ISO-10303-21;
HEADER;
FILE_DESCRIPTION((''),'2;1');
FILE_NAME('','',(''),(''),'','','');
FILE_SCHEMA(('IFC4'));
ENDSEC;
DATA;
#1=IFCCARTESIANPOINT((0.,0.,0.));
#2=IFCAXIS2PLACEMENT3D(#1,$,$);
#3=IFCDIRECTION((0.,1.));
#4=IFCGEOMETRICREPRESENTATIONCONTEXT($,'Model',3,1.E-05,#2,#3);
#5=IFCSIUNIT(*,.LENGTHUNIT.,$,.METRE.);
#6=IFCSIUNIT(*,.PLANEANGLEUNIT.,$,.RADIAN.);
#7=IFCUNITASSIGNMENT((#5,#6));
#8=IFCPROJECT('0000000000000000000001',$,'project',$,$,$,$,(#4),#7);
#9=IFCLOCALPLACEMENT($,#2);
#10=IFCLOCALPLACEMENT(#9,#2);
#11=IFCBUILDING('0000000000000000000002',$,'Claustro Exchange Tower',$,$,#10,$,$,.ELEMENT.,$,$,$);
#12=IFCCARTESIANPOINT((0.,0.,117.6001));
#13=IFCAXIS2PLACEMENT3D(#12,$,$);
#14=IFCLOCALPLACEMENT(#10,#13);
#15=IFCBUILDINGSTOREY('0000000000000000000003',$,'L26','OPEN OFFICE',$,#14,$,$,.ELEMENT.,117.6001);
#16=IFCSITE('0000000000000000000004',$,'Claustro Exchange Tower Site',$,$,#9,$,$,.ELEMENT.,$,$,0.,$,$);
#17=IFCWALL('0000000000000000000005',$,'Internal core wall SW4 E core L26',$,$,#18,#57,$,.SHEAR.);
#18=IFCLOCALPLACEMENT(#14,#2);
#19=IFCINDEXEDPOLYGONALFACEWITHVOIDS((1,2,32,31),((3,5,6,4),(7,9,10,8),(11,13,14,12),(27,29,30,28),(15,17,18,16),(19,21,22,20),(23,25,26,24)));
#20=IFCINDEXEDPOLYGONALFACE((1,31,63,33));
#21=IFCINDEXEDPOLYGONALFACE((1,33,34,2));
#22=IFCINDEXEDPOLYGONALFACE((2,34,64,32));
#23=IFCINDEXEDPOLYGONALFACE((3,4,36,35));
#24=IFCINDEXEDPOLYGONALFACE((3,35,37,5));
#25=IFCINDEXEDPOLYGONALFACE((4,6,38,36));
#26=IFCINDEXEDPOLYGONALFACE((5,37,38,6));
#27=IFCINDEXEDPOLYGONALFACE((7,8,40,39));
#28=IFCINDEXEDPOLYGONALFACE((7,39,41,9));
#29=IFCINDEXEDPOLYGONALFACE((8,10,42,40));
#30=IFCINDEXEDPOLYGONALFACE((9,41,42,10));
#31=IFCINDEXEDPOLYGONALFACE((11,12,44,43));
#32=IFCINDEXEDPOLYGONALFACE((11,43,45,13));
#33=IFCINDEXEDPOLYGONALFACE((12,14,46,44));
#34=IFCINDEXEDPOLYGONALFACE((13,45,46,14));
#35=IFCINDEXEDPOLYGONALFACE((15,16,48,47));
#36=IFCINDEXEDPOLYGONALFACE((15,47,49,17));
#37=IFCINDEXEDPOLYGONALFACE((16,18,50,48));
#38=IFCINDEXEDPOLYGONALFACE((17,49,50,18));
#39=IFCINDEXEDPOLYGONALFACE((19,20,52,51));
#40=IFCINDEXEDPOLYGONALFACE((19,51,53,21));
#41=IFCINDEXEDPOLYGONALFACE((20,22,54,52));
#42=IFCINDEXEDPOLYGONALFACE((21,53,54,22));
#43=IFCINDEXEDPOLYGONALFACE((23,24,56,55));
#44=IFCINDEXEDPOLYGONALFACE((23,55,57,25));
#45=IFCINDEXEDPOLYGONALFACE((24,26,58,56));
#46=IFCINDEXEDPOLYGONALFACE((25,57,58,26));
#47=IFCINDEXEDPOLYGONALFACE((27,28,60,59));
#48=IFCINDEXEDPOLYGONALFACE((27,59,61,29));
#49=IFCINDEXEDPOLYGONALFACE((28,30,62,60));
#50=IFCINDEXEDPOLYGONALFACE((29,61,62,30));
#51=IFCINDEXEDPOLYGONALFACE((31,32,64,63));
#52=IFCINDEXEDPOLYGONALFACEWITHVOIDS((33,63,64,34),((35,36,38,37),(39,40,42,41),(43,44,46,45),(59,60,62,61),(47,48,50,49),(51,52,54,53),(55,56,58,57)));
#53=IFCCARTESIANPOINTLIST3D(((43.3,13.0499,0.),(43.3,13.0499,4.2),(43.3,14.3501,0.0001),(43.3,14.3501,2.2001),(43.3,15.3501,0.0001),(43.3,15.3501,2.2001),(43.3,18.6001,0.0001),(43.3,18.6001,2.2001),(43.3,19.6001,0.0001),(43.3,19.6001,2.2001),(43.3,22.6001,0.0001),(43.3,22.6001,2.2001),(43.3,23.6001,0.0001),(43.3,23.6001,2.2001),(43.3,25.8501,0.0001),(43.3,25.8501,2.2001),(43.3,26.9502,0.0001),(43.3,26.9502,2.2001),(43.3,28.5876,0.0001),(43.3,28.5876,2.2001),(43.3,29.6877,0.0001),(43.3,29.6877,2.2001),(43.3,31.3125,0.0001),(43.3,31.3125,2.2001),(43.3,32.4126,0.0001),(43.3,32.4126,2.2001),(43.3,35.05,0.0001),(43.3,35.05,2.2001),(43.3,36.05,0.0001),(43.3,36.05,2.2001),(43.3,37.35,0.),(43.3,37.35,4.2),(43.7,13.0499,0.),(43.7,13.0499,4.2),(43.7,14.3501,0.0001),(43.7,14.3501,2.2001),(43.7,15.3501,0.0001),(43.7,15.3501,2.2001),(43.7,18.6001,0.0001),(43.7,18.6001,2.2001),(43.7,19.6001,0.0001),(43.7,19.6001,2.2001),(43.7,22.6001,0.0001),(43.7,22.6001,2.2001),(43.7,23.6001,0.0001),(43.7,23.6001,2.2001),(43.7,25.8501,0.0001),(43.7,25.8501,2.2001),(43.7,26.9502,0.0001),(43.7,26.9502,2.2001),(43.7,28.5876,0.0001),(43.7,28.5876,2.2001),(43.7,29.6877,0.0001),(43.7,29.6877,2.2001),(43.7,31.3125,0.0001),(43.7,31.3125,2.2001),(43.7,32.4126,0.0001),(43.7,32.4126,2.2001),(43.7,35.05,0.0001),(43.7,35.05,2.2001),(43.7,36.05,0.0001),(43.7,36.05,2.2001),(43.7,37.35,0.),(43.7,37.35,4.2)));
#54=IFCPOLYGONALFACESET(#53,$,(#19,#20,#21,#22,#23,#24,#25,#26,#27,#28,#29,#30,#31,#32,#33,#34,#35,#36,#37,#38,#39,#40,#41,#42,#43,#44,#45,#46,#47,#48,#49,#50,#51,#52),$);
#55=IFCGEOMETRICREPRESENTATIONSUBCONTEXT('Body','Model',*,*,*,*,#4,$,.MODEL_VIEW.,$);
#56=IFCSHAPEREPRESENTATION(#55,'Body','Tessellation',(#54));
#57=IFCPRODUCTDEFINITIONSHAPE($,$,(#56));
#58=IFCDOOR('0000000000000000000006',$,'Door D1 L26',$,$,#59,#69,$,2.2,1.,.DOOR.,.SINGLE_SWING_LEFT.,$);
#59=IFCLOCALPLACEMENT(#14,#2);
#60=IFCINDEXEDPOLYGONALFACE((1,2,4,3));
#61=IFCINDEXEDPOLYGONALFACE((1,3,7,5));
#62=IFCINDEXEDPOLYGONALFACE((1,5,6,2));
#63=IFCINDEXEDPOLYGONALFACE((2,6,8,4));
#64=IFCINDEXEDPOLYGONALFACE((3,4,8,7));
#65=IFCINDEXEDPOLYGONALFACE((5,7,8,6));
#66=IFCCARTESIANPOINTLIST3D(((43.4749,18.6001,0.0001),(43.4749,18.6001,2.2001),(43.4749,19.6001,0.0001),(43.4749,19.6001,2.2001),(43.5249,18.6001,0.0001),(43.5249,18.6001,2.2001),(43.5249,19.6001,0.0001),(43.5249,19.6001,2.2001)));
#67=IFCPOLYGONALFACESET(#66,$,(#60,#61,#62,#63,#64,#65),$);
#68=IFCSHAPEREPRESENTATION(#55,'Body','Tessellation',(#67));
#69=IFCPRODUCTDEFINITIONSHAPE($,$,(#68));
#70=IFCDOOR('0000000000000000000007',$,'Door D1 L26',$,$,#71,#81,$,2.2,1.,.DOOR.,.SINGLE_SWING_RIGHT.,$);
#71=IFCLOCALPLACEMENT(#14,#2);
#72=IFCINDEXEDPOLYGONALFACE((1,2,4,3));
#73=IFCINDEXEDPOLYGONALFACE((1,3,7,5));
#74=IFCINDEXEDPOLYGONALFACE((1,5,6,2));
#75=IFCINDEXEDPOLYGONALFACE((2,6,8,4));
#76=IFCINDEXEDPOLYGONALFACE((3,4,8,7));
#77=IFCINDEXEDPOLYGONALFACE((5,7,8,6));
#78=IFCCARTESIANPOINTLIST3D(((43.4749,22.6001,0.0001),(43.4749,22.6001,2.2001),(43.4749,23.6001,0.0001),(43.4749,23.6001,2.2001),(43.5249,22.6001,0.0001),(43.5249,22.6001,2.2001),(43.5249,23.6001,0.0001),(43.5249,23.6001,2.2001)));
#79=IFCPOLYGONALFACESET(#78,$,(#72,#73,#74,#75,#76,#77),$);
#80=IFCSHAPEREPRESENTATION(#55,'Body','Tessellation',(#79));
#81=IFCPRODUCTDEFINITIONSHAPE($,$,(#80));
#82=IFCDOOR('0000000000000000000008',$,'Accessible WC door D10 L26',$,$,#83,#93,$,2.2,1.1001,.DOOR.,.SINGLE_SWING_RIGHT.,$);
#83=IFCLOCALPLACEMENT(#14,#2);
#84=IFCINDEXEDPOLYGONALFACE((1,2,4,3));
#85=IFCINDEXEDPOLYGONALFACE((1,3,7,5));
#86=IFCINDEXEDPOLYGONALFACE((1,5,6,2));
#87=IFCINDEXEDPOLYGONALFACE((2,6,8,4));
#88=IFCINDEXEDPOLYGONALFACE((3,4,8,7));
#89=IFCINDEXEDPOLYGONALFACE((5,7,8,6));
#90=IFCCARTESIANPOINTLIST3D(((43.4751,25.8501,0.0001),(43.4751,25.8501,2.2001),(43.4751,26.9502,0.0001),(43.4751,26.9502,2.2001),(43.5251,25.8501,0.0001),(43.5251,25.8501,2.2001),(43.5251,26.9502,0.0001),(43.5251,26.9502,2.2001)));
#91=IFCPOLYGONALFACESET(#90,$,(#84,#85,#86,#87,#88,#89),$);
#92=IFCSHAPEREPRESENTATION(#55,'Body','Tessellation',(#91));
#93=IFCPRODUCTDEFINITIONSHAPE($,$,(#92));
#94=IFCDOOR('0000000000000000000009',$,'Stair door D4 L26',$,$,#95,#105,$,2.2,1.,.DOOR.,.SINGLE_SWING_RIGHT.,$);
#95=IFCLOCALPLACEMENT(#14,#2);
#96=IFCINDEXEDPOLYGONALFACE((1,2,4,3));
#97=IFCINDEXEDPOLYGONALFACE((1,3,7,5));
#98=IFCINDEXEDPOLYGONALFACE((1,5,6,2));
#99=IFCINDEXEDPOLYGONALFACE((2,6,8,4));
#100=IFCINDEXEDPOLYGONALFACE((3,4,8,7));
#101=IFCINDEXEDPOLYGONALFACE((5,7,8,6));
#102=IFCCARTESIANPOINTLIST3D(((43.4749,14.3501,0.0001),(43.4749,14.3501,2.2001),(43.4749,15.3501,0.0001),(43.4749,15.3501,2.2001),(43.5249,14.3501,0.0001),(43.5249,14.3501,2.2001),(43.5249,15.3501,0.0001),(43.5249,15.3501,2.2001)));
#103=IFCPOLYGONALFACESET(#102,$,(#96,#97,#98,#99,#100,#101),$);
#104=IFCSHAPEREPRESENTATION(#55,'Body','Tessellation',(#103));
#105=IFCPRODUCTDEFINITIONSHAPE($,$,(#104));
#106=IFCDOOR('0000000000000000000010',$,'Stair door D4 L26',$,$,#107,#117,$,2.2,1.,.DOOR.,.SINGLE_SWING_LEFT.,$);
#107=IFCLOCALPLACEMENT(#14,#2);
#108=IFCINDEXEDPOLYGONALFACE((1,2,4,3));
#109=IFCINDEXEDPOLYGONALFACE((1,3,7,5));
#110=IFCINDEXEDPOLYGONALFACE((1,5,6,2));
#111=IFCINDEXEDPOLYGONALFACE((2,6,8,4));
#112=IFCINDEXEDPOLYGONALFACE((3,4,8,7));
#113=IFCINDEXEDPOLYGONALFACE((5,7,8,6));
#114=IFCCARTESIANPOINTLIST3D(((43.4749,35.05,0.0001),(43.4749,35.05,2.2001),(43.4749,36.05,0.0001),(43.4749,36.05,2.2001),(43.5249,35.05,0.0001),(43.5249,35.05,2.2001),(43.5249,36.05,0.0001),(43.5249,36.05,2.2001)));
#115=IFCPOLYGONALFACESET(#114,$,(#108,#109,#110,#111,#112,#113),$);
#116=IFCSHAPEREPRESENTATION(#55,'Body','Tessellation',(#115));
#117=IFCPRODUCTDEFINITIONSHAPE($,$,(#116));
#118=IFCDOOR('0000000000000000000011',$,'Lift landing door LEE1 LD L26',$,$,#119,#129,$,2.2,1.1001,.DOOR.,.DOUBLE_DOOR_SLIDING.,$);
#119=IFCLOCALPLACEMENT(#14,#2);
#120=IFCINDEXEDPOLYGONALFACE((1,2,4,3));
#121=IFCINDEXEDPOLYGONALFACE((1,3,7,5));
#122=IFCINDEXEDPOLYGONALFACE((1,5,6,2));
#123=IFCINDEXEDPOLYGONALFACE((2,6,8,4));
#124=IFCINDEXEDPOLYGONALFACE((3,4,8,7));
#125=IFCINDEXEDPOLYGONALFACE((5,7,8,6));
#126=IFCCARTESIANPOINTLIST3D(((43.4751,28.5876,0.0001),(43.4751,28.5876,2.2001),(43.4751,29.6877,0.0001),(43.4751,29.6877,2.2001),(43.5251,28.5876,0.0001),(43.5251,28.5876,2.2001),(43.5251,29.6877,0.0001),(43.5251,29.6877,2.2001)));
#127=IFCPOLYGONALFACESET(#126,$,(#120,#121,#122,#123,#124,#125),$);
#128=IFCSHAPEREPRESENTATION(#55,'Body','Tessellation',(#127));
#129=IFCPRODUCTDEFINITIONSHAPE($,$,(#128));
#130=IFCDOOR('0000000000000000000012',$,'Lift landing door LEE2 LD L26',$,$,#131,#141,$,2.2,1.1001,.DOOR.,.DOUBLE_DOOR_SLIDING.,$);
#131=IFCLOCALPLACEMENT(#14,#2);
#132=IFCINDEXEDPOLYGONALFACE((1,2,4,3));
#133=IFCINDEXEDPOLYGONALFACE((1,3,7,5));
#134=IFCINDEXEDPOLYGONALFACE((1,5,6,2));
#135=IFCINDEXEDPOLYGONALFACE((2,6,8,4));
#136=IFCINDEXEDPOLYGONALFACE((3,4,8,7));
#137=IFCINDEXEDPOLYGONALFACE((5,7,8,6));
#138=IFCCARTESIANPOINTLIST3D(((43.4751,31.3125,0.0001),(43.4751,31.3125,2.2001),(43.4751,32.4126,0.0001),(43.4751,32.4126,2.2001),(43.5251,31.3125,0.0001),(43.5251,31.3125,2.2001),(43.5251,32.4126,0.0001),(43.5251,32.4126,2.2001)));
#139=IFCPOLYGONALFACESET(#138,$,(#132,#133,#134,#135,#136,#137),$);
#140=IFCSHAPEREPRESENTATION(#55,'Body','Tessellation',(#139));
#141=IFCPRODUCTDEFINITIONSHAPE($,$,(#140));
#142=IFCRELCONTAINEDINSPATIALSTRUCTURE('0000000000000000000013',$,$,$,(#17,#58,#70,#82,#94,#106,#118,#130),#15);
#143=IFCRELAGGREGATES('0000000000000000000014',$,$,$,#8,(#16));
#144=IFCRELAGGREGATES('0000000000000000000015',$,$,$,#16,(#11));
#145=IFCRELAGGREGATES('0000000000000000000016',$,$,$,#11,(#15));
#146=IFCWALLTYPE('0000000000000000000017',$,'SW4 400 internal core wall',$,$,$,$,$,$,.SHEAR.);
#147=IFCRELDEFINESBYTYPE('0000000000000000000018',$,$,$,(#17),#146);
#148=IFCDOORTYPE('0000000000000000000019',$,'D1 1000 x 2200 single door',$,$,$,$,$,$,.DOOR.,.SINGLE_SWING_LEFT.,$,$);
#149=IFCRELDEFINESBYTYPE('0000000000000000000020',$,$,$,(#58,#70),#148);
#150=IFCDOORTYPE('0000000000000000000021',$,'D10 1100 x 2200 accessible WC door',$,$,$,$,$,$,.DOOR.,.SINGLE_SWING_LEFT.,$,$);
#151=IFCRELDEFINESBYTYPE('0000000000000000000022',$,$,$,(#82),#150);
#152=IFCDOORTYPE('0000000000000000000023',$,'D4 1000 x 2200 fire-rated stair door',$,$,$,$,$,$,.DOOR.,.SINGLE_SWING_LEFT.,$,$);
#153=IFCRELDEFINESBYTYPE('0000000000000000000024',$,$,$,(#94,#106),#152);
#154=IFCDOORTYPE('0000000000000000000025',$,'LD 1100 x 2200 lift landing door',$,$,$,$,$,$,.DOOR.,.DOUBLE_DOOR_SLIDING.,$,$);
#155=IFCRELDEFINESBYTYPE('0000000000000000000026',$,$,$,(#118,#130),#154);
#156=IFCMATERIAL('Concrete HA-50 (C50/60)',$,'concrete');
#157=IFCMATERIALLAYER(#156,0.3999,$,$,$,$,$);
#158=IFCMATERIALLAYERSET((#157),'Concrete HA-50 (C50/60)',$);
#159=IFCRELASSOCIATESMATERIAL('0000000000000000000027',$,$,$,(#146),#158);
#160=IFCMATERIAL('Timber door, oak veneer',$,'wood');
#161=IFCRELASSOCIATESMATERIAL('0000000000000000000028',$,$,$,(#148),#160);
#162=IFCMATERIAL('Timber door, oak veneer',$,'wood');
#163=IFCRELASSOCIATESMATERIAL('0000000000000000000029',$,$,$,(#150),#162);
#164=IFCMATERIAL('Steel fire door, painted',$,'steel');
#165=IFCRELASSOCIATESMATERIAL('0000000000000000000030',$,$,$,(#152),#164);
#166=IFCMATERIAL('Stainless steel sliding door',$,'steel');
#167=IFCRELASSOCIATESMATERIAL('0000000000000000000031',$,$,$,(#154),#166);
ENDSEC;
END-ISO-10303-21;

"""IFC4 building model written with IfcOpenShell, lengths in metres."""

from ifc_helpers import new_model, si_unit, direction, frame, frame_2d, origin, place, context, subcontext, project, spatial, rectangle, extrude, material, layer, layer_set, type_object, element, fill, save


model = new_model("IFC4")

# Units and contexts
model_context = context("Model", 3, precision=1e-05, world=origin(), true_north=direction((0.0, 1.0)))
body_context = subcontext(model_context, "Body", "Model", "MODEL_VIEW")
ifc_project = project(units=[si_unit("LENGTHUNIT", "METRE"), si_unit("PLANEANGLEUNIT", "RADIAN")], contexts=[model_context])

# Site, building, storey
site_placement = place(None, origin())
site = spatial("IfcSite", under=ifc_project, at=site_placement, Name="Claustro Exchange Tower Site", CompositionType="ELEMENT", RefElevation=0.0)
building_placement = place(site_placement, origin())
building = spatial("IfcBuilding", under=site, at=building_placement, Name="Claustro Exchange Tower", CompositionType="ELEMENT")
storey_placement = place(building_placement, frame((0.0, 0.0, 117.6001)))
storey = spatial("IfcBuildingStorey", under=building, at=storey_placement, Name="L26", Description="OPEN OFFICE", CompositionType="ELEMENT", Elevation=117.6001)

# Wall, openings, doors
ifc_material_1 = material(Name="Concrete HA-50 (C50/60)", Category="concrete")
ifc_layer_1 = layer(ifc_material_1, 0.3999)
ifc_layer_set_1 = layer_set([ifc_layer_1], Name="Concrete HA-50 (C50/60)")
wall_type_1 = type_object("IfcWallType", Name="SW4 400 internal core wall", PredefinedType="SHEAR", material=ifc_layer_set_1)
wall_1_placement = place(storey_placement, frame((43.5, 13.05, 0.0), z_axis=(0.0, 0.0, 1.0), x_axis=(0.0, 1.0, 0.0)))
wall_1 = element("IfcWall", 1, at=wall_1_placement, inside=storey, type_object=wall_type_1, Name="Internal core wall SW4 E core L26", PredefinedType="SHEAR", context=body_context, shape_type="SweptSolid", body=[
    extrude(rectangle(XDim=24.3, YDim=0.3999, at=frame_2d((12.1499, 0.0))), origin(), (0.0, 0.0, 1.0), 4.2),
])
opening_1_placement = place(wall_1_placement, frame((1.3, 0.0, 0.0)))
opening_1 = element("IfcOpeningElement", 2, at=opening_1_placement, cuts=wall_1, PredefinedType="OPENING", context=body_context, shape_type="SweptSolid", body=[
    extrude(rectangle(XDim=1.0, YDim=2.2, at=frame_2d((0.5, 1.1001))), frame((0.0, 0.21, 0.0), z_axis=(0.0, -1.0, 0.0), x_axis=(1.0, 0.0, 0.0)), (0.0, 0.0, 1.0), 0.4199),
])
opening_2_placement = place(wall_1_placement, frame((22.0, 0.0, 0.0)))
opening_2 = element("IfcOpeningElement", 3, at=opening_2_placement, cuts=wall_1, PredefinedType="OPENING", context=body_context, shape_type="SweptSolid", body=[
    extrude(rectangle(XDim=1.0, YDim=2.2, at=frame_2d((0.5, 1.1001))), frame((0.0, 0.21, 0.0), z_axis=(0.0, -1.0, 0.0), x_axis=(1.0, 0.0, 0.0)), (0.0, 0.0, 1.0), 0.4199),
])
opening_3_placement = place(wall_1_placement, frame((5.55, 0.0, 0.0)))
opening_3 = element("IfcOpeningElement", 4, at=opening_3_placement, cuts=wall_1, PredefinedType="OPENING", context=body_context, shape_type="SweptSolid", body=[
    extrude(rectangle(XDim=1.0, YDim=2.2, at=frame_2d((0.5, 1.1001))), frame((0.0, 0.21, 0.0), z_axis=(0.0, -1.0, 0.0), x_axis=(1.0, 0.0, 0.0)), (0.0, 0.0, 1.0), 0.4199),
])
opening_4_placement = place(wall_1_placement, frame((9.55, 0.0, 0.0)))
opening_4 = element("IfcOpeningElement", 5, at=opening_4_placement, cuts=wall_1, PredefinedType="OPENING", context=body_context, shape_type="SweptSolid", body=[
    extrude(rectangle(XDim=1.0, YDim=2.2, at=frame_2d((0.5, 1.1001))), frame((0.0, 0.21, 0.0), z_axis=(0.0, -1.0, 0.0), x_axis=(1.0, 0.0, 0.0)), (0.0, 0.0, 1.0), 0.4199),
])
opening_5_placement = place(wall_1_placement, frame((12.8, 0.0, 0.0)))
opening_5 = element("IfcOpeningElement", 6, at=opening_5_placement, cuts=wall_1, PredefinedType="OPENING", context=body_context, shape_type="SweptSolid", body=[
    extrude(rectangle(XDim=1.1001, YDim=2.2, at=frame_2d((0.55, 1.1001))), frame((0.0, 0.21, 0.0), z_axis=(0.0, -1.0, 0.0), x_axis=(1.0, 0.0, 0.0)), (0.0, 0.0, 1.0), 0.4199),
])
opening_6_placement = place(wall_1_placement, frame((15.5376, 0.0, 0.0)))
opening_6 = element("IfcOpeningElement", 7, at=opening_6_placement, cuts=wall_1, PredefinedType="OPENING", context=body_context, shape_type="SweptSolid", body=[
    extrude(rectangle(XDim=1.1001, YDim=2.2, at=frame_2d((0.55, 1.1001))), frame((0.0, 0.21, 0.0), z_axis=(0.0, -1.0, 0.0), x_axis=(1.0, 0.0, 0.0)), (0.0, 0.0, 1.0), 0.4199),
])
opening_7_placement = place(wall_1_placement, frame((18.2625, 0.0, 0.0)))
opening_7 = element("IfcOpeningElement", 8, at=opening_7_placement, cuts=wall_1, PredefinedType="OPENING", context=body_context, shape_type="SweptSolid", body=[
    extrude(rectangle(XDim=1.1001, YDim=2.2, at=frame_2d((0.55, 1.1001))), frame((0.0, 0.21, 0.0), z_axis=(0.0, -1.0, 0.0), x_axis=(1.0, 0.0, 0.0)), (0.0, 0.0, 1.0), 0.4199),
])
ifc_material_2 = material(Name="Timber door, oak veneer", Category="wood")
door_type_1 = type_object("IfcDoorType", Name="D1 1000 x 2200 single door", OperationType="SINGLE_SWING_LEFT", PredefinedType="DOOR", material=ifc_material_2)
door_1_placement = place(opening_3_placement, frame((1.0, 0.0, 0.0), z_axis=(0.0, 0.0, 1.0), x_axis=(-1.0, 0.0, 0.0)))
door_1 = element("IfcDoor", 9, at=door_1_placement, inside=storey, type_object=door_type_1, Name="Door D1 L26", OperationType="SINGLE_SWING_LEFT", OverallHeight=2.2, OverallWidth=1.0, PredefinedType="DOOR", context=body_context, shape_type="SweptSolid", body=[
    extrude(rectangle(XDim=1.0, YDim=2.2, at=frame_2d((0.5, 1.1001))), frame((0.0, 0.0249, 0.0), z_axis=(0.0, -1.0, 0.0), x_axis=(1.0, 0.0, 0.0)), (0.0, 0.0, 1.0), 0.05),
])
fill(opening_3, door_1)
door_2_placement = place(opening_4_placement, frame((1.0, 0.0, 0.0), z_axis=(0.0, 0.0, 1.0), x_axis=(-1.0, 0.0, 0.0)))
door_2 = element("IfcDoor", 10, at=door_2_placement, inside=storey, type_object=door_type_1, Name="Door D1 L26", OperationType="SINGLE_SWING_RIGHT", OverallHeight=2.2, OverallWidth=1.0, PredefinedType="DOOR", context=body_context, shape_type="SweptSolid", body=[
    extrude(rectangle(XDim=1.0, YDim=2.2, at=frame_2d((0.5, 1.1001))), frame((0.0, 0.0249, 0.0), z_axis=(0.0, -1.0, 0.0), x_axis=(1.0, 0.0, 0.0)), (0.0, 0.0, 1.0), 0.05),
])
fill(opening_4, door_2)
ifc_material_3 = material(Name="Timber door, oak veneer", Category="wood")
door_type_2 = type_object("IfcDoorType", Name="D10 1100 x 2200 accessible WC door", OperationType="SINGLE_SWING_LEFT", PredefinedType="DOOR", material=ifc_material_3)
door_3_placement = place(opening_5_placement, origin())
door_3 = element("IfcDoor", 11, at=door_3_placement, inside=storey, type_object=door_type_2, Name="Accessible WC door D10 L26", OperationType="SINGLE_SWING_RIGHT", OverallHeight=2.2, OverallWidth=1.1001, PredefinedType="DOOR", context=body_context, shape_type="SweptSolid", body=[
    extrude(rectangle(XDim=1.1001, YDim=2.2, at=frame_2d((0.55, 1.1001))), frame((0.0, 0.0249, 0.0), z_axis=(0.0, -1.0, 0.0), x_axis=(1.0, 0.0, 0.0)), (0.0, 0.0, 1.0), 0.05),
])
fill(opening_5, door_3)
ifc_material_4 = material(Name="Steel fire door, painted", Category="steel")
door_type_3 = type_object("IfcDoorType", Name="D4 1000 x 2200 fire-rated stair door", OperationType="SINGLE_SWING_LEFT", PredefinedType="DOOR", material=ifc_material_4)
door_4_placement = place(opening_1_placement, frame((1.0, 0.0, 0.0), z_axis=(0.0, 0.0, 1.0), x_axis=(-1.0, 0.0, 0.0)))
door_4 = element("IfcDoor", 12, at=door_4_placement, inside=storey, type_object=door_type_3, Name="Stair door D4 L26", OperationType="SINGLE_SWING_RIGHT", OverallHeight=2.2, OverallWidth=1.0, PredefinedType="DOOR", context=body_context, shape_type="SweptSolid", body=[
    extrude(rectangle(XDim=1.0, YDim=2.2, at=frame_2d((0.5, 1.1001))), frame((0.0, 0.0249, 0.0), z_axis=(0.0, -1.0, 0.0), x_axis=(1.0, 0.0, 0.0)), (0.0, 0.0, 1.0), 0.05),
])
fill(opening_1, door_4)
door_5_placement = place(opening_2_placement, frame((1.0, 0.0, 0.0), z_axis=(0.0, 0.0, 1.0), x_axis=(-1.0, 0.0, 0.0)))
door_5 = element("IfcDoor", 13, at=door_5_placement, inside=storey, type_object=door_type_3, Name="Stair door D4 L26", OperationType="SINGLE_SWING_LEFT", OverallHeight=2.2, OverallWidth=1.0, PredefinedType="DOOR", context=body_context, shape_type="SweptSolid", body=[
    extrude(rectangle(XDim=1.0, YDim=2.2, at=frame_2d((0.5, 1.1001))), frame((0.0, 0.0249, 0.0), z_axis=(0.0, -1.0, 0.0), x_axis=(1.0, 0.0, 0.0)), (0.0, 0.0, 1.0), 0.05),
])
fill(opening_2, door_5)
ifc_material_5 = material(Name="Stainless steel sliding door", Category="steel")
door_type_4 = type_object("IfcDoorType", Name="LD 1100 x 2200 lift landing door", OperationType="DOUBLE_DOOR_SLIDING", PredefinedType="DOOR", material=ifc_material_5)
door_6_placement = place(opening_6_placement, origin())
door_6 = element("IfcDoor", 14, at=door_6_placement, inside=storey, type_object=door_type_4, Name="Lift landing door LEE1 LD L26", OperationType="DOUBLE_DOOR_SLIDING", OverallHeight=2.2, OverallWidth=1.1001, PredefinedType="DOOR", context=body_context, shape_type="SweptSolid", body=[
    extrude(rectangle(XDim=1.1001, YDim=2.2, at=frame_2d((0.55, 1.1001))), frame((0.0, 0.0249, 0.0), z_axis=(0.0, -1.0, 0.0), x_axis=(1.0, 0.0, 0.0)), (0.0, 0.0, 1.0), 0.05),
])
fill(opening_6, door_6)
door_7_placement = place(opening_7_placement, origin())
door_7 = element("IfcDoor", 15, at=door_7_placement, inside=storey, type_object=door_type_4, Name="Lift landing door LEE2 LD L26", OperationType="DOUBLE_DOOR_SLIDING", OverallHeight=2.2, OverallWidth=1.1001, PredefinedType="DOOR", context=body_context, shape_type="SweptSolid", body=[
    extrude(rectangle(XDim=1.1001, YDim=2.2, at=frame_2d((0.55, 1.1001))), frame((0.0, 0.0249, 0.0), z_axis=(0.0, -1.0, 0.0), x_axis=(1.0, 0.0, 0.0)), (0.0, 0.0, 1.0), 0.05),
])
fill(opening_7, door_7)

save(model, "model.ifc")
